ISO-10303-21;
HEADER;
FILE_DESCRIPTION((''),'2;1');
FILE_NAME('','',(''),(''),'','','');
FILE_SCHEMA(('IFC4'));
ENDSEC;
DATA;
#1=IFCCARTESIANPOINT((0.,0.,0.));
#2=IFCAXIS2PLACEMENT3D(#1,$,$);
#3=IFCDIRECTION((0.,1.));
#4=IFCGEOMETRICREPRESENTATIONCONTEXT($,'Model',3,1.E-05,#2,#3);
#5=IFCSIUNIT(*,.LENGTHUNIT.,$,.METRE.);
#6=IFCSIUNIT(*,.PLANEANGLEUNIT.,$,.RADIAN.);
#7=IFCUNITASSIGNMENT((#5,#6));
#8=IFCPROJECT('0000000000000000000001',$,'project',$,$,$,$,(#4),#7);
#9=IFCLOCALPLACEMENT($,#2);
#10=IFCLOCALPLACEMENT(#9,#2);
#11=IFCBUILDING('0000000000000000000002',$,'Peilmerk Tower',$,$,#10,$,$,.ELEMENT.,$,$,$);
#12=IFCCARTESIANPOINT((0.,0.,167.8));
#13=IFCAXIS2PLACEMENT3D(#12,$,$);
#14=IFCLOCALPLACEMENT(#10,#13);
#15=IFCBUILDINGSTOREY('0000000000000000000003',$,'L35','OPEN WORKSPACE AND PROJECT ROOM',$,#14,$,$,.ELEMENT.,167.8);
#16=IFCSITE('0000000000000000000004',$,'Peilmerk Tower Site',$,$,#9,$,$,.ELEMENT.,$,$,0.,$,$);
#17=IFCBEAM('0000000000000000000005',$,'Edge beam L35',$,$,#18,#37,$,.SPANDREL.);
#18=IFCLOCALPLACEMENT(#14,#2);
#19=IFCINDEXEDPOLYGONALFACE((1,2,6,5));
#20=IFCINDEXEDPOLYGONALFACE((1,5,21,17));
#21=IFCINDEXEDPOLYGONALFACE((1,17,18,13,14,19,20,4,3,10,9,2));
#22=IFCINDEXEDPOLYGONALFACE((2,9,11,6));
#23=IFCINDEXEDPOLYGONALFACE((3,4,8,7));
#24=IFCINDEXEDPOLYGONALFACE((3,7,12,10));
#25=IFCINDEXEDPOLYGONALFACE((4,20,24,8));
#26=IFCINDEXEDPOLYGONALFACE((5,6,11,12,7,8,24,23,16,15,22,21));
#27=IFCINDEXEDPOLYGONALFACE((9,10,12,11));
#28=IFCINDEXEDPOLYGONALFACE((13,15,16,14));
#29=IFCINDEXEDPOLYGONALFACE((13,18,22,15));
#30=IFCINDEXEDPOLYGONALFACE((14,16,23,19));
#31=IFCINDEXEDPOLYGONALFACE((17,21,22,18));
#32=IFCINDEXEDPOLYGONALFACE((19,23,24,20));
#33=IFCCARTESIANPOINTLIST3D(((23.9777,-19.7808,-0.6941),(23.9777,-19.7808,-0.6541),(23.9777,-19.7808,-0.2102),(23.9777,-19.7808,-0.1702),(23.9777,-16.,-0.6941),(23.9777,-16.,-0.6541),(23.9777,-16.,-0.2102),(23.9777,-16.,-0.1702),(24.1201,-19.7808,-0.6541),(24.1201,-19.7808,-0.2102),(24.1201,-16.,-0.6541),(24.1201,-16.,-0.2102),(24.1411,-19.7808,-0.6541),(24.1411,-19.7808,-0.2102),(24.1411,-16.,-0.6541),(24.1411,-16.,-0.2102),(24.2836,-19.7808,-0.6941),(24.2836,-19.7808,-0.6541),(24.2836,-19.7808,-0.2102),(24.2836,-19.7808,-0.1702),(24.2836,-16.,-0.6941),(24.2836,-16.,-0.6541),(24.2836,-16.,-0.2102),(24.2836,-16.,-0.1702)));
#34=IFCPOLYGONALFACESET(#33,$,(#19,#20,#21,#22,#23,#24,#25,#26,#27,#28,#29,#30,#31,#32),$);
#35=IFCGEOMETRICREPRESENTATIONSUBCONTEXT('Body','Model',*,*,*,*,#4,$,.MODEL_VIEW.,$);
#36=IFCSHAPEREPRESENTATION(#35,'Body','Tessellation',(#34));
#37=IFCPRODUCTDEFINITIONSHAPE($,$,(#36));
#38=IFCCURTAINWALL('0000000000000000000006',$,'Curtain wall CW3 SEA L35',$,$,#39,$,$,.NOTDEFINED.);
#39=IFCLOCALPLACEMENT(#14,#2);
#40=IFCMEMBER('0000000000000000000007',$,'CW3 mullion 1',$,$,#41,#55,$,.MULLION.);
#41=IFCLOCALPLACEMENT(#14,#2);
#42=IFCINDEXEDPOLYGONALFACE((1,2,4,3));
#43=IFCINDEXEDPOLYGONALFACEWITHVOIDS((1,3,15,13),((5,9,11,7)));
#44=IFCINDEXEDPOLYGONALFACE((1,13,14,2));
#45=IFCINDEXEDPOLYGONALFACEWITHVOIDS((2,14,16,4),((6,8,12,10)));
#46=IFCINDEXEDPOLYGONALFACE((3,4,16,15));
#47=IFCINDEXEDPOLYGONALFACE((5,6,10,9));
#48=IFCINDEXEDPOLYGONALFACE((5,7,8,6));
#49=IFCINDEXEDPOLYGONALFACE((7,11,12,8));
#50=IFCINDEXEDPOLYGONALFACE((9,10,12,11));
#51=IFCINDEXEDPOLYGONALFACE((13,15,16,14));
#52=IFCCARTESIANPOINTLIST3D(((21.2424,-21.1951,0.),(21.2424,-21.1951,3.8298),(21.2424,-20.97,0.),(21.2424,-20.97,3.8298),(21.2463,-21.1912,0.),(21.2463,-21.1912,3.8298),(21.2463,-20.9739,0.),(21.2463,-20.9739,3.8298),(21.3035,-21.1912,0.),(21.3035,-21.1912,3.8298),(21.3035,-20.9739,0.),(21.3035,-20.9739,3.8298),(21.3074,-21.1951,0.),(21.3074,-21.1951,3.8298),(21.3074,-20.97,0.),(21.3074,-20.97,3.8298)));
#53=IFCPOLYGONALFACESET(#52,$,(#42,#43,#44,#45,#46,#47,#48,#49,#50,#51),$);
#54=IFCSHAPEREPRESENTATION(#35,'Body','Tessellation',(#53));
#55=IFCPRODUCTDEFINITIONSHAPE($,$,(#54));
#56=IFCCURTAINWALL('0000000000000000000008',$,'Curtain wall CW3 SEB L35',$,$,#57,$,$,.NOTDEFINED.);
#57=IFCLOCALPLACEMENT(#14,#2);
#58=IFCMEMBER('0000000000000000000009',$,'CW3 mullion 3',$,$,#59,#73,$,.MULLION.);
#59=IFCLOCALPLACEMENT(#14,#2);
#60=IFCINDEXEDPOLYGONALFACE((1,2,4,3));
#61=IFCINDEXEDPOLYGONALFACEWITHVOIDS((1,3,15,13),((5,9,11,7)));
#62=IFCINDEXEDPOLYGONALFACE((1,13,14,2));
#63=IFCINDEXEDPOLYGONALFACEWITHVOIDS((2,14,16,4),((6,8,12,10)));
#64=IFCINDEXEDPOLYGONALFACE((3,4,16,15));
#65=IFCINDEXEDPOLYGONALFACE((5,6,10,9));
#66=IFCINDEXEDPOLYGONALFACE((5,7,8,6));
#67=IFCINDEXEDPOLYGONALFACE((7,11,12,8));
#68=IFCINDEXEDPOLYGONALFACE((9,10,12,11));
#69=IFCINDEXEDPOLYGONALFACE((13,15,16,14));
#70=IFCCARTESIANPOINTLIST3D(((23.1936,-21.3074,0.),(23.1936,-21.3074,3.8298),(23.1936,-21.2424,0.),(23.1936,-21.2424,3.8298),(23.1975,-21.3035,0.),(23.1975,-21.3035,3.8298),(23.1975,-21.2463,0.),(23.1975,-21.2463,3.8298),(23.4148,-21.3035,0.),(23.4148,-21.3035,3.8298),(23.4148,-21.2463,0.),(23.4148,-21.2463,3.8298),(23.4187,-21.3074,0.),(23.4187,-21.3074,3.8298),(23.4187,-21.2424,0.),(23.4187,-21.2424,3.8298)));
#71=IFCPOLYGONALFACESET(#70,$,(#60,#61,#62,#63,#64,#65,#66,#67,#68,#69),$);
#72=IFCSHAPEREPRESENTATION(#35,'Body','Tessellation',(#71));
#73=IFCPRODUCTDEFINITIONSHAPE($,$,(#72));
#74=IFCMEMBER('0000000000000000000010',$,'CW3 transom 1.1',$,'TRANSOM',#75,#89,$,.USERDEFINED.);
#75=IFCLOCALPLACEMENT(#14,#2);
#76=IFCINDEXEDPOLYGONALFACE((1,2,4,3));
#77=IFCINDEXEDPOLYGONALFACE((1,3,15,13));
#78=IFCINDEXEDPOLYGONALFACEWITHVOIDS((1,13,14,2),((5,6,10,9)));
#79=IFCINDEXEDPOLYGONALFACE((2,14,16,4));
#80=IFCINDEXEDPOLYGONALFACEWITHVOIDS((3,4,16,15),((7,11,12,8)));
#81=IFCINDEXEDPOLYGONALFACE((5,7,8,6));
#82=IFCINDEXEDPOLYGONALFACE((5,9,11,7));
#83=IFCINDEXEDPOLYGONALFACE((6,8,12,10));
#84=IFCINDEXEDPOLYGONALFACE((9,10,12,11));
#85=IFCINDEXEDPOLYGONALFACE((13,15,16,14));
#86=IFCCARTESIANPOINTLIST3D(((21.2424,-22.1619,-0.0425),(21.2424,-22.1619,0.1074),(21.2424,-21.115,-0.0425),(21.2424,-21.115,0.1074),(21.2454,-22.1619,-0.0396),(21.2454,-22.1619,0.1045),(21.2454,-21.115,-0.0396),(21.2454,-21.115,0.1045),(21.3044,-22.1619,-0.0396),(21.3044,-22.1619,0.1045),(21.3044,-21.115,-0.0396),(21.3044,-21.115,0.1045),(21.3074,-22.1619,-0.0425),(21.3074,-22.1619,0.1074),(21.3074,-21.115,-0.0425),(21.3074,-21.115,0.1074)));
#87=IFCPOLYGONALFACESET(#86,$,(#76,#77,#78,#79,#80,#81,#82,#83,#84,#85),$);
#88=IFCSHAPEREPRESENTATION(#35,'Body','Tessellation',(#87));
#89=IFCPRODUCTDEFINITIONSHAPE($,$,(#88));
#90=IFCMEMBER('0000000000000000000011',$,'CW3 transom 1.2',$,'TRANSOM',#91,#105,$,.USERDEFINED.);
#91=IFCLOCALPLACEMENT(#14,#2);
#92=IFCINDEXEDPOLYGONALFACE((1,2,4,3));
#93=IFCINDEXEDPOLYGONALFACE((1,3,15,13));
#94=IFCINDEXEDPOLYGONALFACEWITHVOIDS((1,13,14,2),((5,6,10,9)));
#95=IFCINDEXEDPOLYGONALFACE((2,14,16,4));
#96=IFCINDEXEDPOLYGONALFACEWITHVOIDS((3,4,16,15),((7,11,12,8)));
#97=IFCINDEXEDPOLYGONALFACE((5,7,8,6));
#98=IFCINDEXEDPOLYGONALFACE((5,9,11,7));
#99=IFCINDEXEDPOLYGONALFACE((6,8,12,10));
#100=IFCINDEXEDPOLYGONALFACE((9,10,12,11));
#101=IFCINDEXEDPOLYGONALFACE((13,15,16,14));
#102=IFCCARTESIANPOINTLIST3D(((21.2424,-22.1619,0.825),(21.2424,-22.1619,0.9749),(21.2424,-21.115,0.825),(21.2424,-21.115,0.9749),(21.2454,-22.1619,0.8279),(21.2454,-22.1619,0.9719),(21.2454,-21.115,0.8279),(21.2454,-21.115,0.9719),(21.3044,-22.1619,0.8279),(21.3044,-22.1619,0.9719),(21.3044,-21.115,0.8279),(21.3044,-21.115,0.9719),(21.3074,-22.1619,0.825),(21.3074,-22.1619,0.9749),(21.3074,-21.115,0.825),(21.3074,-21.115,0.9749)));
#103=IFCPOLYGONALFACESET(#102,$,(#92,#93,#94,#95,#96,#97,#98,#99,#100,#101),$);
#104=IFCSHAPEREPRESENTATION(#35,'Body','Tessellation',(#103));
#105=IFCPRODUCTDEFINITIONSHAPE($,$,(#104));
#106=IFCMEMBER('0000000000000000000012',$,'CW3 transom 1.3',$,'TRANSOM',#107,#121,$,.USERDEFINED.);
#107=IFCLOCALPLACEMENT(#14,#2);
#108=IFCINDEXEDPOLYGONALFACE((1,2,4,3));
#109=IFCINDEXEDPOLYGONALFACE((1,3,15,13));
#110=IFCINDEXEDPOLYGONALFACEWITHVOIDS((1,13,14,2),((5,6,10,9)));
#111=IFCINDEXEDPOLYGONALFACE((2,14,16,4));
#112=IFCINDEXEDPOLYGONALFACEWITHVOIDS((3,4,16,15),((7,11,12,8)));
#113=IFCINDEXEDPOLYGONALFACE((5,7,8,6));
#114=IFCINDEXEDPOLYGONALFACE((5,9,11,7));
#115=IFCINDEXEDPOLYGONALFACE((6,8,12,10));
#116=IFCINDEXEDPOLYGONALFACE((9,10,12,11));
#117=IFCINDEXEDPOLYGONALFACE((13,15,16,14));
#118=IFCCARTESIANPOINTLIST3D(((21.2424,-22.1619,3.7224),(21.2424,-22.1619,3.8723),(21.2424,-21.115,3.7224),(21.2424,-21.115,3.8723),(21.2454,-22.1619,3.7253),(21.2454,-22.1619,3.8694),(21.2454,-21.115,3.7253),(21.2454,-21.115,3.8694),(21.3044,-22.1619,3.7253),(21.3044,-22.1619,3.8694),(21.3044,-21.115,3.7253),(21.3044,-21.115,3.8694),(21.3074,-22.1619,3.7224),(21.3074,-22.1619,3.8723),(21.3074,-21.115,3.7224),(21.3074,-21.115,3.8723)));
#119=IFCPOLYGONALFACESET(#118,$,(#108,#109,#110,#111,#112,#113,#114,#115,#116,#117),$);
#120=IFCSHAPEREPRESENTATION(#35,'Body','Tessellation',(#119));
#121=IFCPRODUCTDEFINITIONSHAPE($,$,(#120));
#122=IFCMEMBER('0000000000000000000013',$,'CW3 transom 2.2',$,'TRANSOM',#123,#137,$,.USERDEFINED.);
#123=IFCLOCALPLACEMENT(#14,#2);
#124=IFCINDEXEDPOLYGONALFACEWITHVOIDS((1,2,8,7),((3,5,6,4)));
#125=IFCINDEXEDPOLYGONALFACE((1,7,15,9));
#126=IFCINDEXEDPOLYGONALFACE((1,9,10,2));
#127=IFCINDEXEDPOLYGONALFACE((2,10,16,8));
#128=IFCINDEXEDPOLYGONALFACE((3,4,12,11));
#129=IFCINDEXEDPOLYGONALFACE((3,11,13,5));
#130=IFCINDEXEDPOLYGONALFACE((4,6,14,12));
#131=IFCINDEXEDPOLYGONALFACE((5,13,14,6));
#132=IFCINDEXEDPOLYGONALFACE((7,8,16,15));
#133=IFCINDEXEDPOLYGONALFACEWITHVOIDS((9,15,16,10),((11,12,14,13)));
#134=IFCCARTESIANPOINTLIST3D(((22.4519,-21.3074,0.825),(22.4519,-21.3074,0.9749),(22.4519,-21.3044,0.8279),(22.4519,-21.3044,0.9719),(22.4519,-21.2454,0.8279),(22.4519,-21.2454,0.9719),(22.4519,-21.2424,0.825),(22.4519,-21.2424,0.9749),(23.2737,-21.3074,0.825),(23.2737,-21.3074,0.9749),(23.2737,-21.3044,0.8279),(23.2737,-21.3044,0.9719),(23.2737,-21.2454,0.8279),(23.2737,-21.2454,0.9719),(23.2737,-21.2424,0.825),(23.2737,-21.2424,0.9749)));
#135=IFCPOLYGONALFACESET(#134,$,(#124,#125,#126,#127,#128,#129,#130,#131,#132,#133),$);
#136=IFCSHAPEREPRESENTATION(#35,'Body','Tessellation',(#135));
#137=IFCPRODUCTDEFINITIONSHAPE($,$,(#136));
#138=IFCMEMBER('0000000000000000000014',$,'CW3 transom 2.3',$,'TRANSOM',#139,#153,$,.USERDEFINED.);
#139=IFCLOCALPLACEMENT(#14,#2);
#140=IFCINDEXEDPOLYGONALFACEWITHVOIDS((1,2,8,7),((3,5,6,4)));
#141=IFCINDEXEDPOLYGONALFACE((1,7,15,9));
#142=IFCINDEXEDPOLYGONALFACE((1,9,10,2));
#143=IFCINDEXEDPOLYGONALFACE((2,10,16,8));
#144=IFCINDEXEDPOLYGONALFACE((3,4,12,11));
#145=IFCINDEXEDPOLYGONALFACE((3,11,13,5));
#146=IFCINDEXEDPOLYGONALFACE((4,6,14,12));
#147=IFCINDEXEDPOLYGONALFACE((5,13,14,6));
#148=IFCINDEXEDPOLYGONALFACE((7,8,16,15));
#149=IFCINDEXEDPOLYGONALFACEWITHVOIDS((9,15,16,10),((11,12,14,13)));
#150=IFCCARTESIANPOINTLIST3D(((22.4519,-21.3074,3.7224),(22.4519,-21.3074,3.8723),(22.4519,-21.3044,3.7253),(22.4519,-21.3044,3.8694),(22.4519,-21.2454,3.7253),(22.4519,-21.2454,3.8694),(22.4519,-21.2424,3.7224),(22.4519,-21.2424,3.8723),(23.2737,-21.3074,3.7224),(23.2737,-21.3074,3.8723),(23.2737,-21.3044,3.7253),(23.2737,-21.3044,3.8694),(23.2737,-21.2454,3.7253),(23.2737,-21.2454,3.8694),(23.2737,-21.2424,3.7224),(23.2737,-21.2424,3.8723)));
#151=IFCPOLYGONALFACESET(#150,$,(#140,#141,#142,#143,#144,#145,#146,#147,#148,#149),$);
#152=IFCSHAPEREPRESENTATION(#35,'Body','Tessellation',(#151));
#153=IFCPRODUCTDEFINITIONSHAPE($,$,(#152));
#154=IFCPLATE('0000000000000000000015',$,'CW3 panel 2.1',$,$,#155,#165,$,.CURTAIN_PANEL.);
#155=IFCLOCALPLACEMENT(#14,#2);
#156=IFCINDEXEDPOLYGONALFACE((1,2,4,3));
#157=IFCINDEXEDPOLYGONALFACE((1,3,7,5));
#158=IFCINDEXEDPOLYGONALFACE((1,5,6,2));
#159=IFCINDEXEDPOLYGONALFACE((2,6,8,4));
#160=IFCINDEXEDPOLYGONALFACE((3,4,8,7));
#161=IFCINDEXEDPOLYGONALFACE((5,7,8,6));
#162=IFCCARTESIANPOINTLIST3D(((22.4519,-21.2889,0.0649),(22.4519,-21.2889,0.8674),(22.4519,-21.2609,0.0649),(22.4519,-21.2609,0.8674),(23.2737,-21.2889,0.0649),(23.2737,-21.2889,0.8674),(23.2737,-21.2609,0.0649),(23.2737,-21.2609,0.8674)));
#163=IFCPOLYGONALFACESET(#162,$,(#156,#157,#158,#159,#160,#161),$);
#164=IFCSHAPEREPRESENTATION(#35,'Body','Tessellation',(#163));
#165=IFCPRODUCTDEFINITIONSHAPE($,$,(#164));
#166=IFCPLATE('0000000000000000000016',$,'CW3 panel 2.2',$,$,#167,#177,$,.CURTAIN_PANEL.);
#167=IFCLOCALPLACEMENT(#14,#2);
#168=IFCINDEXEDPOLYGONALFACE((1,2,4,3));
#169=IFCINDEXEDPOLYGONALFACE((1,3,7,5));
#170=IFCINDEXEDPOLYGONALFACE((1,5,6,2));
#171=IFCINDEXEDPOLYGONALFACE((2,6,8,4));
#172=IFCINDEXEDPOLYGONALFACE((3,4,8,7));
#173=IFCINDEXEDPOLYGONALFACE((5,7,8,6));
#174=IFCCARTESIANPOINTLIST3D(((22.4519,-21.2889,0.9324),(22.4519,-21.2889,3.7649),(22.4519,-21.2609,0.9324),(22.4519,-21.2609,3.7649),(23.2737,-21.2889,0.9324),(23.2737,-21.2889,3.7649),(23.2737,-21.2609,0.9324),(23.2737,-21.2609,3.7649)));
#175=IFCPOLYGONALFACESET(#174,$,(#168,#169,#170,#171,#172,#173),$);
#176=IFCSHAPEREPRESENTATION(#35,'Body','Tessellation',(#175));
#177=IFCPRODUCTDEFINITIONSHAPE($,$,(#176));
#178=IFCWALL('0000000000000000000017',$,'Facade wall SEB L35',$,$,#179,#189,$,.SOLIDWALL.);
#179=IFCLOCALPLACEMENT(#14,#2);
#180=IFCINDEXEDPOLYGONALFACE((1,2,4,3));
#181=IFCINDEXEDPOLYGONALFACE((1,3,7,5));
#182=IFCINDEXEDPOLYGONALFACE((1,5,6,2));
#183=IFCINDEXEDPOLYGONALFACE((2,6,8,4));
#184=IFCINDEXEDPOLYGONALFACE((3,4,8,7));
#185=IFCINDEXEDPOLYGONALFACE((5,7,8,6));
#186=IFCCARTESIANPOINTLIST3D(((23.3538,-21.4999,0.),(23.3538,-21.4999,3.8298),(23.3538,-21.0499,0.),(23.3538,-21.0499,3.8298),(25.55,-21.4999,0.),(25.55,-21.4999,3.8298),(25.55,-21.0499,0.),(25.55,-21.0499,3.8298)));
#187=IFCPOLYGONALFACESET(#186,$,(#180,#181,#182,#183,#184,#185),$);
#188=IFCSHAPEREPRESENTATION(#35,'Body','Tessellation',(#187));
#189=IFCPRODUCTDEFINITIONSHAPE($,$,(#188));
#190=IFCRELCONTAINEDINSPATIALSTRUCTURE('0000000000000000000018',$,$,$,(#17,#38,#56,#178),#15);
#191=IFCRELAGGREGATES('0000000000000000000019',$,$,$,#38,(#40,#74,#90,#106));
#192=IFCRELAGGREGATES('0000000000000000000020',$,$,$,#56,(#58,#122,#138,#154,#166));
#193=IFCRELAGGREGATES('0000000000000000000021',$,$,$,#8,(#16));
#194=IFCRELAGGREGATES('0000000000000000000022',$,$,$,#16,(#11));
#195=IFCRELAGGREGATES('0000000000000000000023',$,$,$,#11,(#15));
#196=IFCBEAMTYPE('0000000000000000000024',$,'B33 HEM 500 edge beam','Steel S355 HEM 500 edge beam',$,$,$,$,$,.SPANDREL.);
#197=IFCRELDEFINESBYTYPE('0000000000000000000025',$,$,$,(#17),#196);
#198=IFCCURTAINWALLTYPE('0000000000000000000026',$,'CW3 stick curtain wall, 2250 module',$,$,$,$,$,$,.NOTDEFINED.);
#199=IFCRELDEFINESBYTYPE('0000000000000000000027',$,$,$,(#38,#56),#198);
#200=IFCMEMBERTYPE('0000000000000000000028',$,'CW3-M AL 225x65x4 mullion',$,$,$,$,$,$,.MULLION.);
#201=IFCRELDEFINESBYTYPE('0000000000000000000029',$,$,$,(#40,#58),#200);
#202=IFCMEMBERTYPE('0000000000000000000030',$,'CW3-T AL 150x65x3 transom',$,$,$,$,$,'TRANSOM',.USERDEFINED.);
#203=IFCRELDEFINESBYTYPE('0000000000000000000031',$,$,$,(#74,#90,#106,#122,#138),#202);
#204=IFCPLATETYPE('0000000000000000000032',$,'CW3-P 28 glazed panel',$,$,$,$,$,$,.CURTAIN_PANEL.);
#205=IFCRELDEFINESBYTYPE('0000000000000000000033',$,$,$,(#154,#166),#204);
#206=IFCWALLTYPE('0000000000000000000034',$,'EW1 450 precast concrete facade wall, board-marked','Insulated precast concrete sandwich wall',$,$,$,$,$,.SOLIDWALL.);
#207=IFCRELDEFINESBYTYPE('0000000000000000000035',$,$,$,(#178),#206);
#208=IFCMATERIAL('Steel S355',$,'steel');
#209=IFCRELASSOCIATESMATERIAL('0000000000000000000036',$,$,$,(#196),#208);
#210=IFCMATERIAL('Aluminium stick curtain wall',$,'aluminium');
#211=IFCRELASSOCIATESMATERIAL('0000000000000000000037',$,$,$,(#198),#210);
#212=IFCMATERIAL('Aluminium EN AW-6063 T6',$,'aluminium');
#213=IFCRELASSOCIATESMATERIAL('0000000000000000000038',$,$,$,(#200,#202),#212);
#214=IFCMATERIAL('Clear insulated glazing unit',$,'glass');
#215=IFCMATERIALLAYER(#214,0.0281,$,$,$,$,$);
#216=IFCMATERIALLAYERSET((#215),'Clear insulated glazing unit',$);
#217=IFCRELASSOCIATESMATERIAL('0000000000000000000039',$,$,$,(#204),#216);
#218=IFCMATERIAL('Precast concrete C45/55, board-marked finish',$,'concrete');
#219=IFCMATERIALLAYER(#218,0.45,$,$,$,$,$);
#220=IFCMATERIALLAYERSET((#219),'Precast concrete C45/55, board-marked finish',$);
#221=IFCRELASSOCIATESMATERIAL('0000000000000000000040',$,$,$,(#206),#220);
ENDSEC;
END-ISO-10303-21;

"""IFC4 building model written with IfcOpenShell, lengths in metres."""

from ifc_helpers import new_model, si_unit, direction, frame, frame_2d, origin, origin_2d, place, context, subcontext, project, spatial, rectangle, hollow_rectangle, i_section, extrude, material, layer, layer_set, material_profile, profile_set, type_object, element, aggregate, save


model = new_model("IFC4")

# Units and contexts
model_context = context("Model", 3, precision=1e-05, world=origin(), true_north=direction((0.0, 1.0)))
body_context = subcontext(model_context, "Body", "Model", "MODEL_VIEW")
ifc_project = project(units=[si_unit("LENGTHUNIT", "METRE"), si_unit("PLANEANGLEUNIT", "RADIAN")], contexts=[model_context])

# Site, building, storey
site_placement = place(None, origin())
site = spatial("IfcSite", under=ifc_project, at=site_placement, Name="Peilmerk Tower Site", CompositionType="ELEMENT", RefElevation=0.0)
building_placement = place(site_placement, origin())
building = spatial("IfcBuilding", under=site, at=building_placement, Name="Peilmerk Tower", CompositionType="ELEMENT")
storey_placement = place(building_placement, frame((0.0, 0.0, 167.8)))
storey = spatial("IfcBuildingStorey", under=building, at=storey_placement, Name="L35", Description="OPEN WORKSPACE AND PROJECT ROOM", CompositionType="ELEMENT", Elevation=167.8)

# Beam
ifc_material_1 = material(Name="Steel S355", Category="steel")
ifc_material_profile_1 = material_profile(ifc_material_1, i_section(OverallWidth=0.3059, OverallDepth=0.5239, WebThickness=0.021, FlangeThickness=0.04, at=origin_2d()), Name="HEM 500")
ifc_profile_set_1 = profile_set([ifc_material_profile_1], Name="Steel S355")
beam_type_1 = type_object("IfcBeamType", Name="B33 HEM 500 edge beam", Description="Steel S355 HEM 500 edge beam", PredefinedType="SPANDREL", material=ifc_profile_set_1)
beam_1_placement = place(storey_placement, frame((24.1306, -19.7808, -0.4321), z_axis=(0.0, 1.0, 0.0), x_axis=(-1.0, 0.0, 0.0)))
element("IfcBeam", 1, at=beam_1_placement, inside=storey, type_object=beam_type_1, Name="Edge beam L35", PredefinedType="SPANDREL", context=body_context, shape_type="SweptSolid", body=[
    extrude(i_section(OverallWidth=0.3059, OverallDepth=0.5239, WebThickness=0.021, FlangeThickness=0.04, at=origin_2d()), origin(), (0.0, 0.0, 1.0), 3.7808),
])

# Curtain walls, members
ifc_material_2 = material(Name="Aluminium stick curtain wall", Category="aluminium")
curtain_wall_type = type_object("IfcCurtainWallType", Name="CW3 stick curtain wall, 2250 module", PredefinedType="NOTDEFINED", material=ifc_material_2)
curtain_wall_1_placement = place(storey_placement, origin())
curtain_wall_1 = element("IfcCurtainWall", 2, at=curtain_wall_1_placement, inside=storey, type_object=curtain_wall_type, Name="Curtain wall CW3 SEA L35", PredefinedType="NOTDEFINED")
ifc_material_3 = material(Name="Aluminium EN AW-6063 T6", Category="aluminium")
ifc_material_profile_2 = material_profile(ifc_material_3, hollow_rectangle(XDim=0.0649, YDim=0.2251, WallThickness=0.0039, at=origin_2d()), Name="AL 225x65x4")
ifc_profile_set_2 = profile_set([ifc_material_profile_2], Name="Aluminium EN AW-6063 T6")
member_type_1 = type_object("IfcMemberType", Name="CW3-M AL 225x65x4 mullion", PredefinedType="MULLION", material=ifc_profile_set_2)
member_1_placement = place(storey_placement, frame((21.2749, -21.0825, 0.0), z_axis=(0.0, 0.0, 1.0), x_axis=(1.0, 0.0, 0.0)))
member_1 = element("IfcMember", 3, at=member_1_placement, type_object=member_type_1, Name="CW3 mullion 1", PredefinedType="MULLION", context=body_context, shape_type="SweptSolid", body=[
    extrude(hollow_rectangle(XDim=0.0649, YDim=0.2251, WallThickness=0.0039, at=origin_2d()), origin(), (0.0, 0.0, 1.0), 3.8298),
])
curtain_wall_2_placement = place(storey_placement, origin())
curtain_wall_2 = element("IfcCurtainWall", 4, at=curtain_wall_2_placement, inside=storey, type_object=curtain_wall_type, Name="Curtain wall CW3 SEB L35", PredefinedType="NOTDEFINED")
member_2_placement = place(storey_placement, frame((23.3062, -21.2749, 0.0), z_axis=(0.0, 0.0, 1.0), x_axis=(0.0, 1.0, 0.0)))
member_2 = element("IfcMember", 5, at=member_2_placement, type_object=member_type_1, Name="CW3 mullion 3", PredefinedType="MULLION", context=body_context, shape_type="SweptSolid", body=[
    extrude(hollow_rectangle(XDim=0.0649, YDim=0.2251, WallThickness=0.0039, at=origin_2d()), origin(), (0.0, 0.0, 1.0), 3.8298),
])

# Members
ifc_material_profile_3 = material_profile(ifc_material_3, hollow_rectangle(XDim=0.0649, YDim=0.1499, WallThickness=0.0029, at=origin_2d()), Name="AL 150x65x3")
ifc_profile_set_3 = profile_set([ifc_material_profile_3], Name="Aluminium EN AW-6063 T6")
member_type_2 = type_object("IfcMemberType", Name="CW3-T AL 150x65x3 transom", ElementType="TRANSOM", PredefinedType="USERDEFINED", material=ifc_profile_set_3)
member_3_placement = place(storey_placement, frame((21.2749, -21.115, 0.0325), z_axis=(0.0, -1.0, 0.0), x_axis=(1.0, 0.0, 0.0)))
member_3 = element("IfcMember", 6, at=member_3_placement, type_object=member_type_2, Name="CW3 transom 1.1", ObjectType="TRANSOM", PredefinedType="USERDEFINED", context=body_context, shape_type="SweptSolid", body=[
    extrude(hollow_rectangle(XDim=0.0649, YDim=0.1499, WallThickness=0.0029, at=origin_2d()), origin(), (0.0, 0.0, 1.0), 1.0469),
])
member_4_placement = place(storey_placement, frame((21.2749, -21.115, 0.8999), z_axis=(0.0, -1.0, 0.0), x_axis=(1.0, 0.0, 0.0)))
member_4 = element("IfcMember", 7, at=member_4_placement, type_object=member_type_2, Name="CW3 transom 1.2", ObjectType="TRANSOM", PredefinedType="USERDEFINED", context=body_context, shape_type="SweptSolid", body=[
    extrude(hollow_rectangle(XDim=0.0649, YDim=0.1499, WallThickness=0.0029, at=origin_2d()), origin(), (0.0, 0.0, 1.0), 1.0469),
])
member_5_placement = place(storey_placement, frame((21.2749, -21.115, 3.7974), z_axis=(0.0, -1.0, 0.0), x_axis=(1.0, 0.0, 0.0)))
member_5 = element("IfcMember", 8, at=member_5_placement, type_object=member_type_2, Name="CW3 transom 1.3", ObjectType="TRANSOM", PredefinedType="USERDEFINED", context=body_context, shape_type="SweptSolid", body=[
    extrude(hollow_rectangle(XDim=0.0649, YDim=0.1499, WallThickness=0.0029, at=origin_2d()), origin(), (0.0, 0.0, 1.0), 1.0469),
])
aggregate(curtain_wall_1, [member_1, member_3, member_4, member_5])
member_6_placement = place(storey_placement, frame((22.4519, -21.2749, 0.8999), z_axis=(1.0, 0.0, 0.0), x_axis=(0.0, 1.0, 0.0)))
member_6 = element("IfcMember", 9, at=member_6_placement, type_object=member_type_2, Name="CW3 transom 2.2", ObjectType="TRANSOM", PredefinedType="USERDEFINED", context=body_context, shape_type="SweptSolid", body=[
    extrude(hollow_rectangle(XDim=0.0649, YDim=0.1499, WallThickness=0.0029, at=origin_2d()), origin(), (0.0, 0.0, 1.0), 0.8218),
])
member_7_placement = place(storey_placement, frame((22.4519, -21.2749, 3.7974), z_axis=(1.0, 0.0, 0.0), x_axis=(0.0, 1.0, 0.0)))
member_7 = element("IfcMember", 10, at=member_7_placement, type_object=member_type_2, Name="CW3 transom 2.3", ObjectType="TRANSOM", PredefinedType="USERDEFINED", context=body_context, shape_type="SweptSolid", body=[
    extrude(hollow_rectangle(XDim=0.0649, YDim=0.1499, WallThickness=0.0029, at=origin_2d()), origin(), (0.0, 0.0, 1.0), 0.8218),
])

# Plates
ifc_material_4 = material(Name="Clear insulated glazing unit", Category="glass")
ifc_layer_1 = layer(ifc_material_4, 0.0281)
ifc_layer_set_1 = layer_set([ifc_layer_1], Name="Clear insulated glazing unit")
plate_type = type_object("IfcPlateType", Name="CW3-P 28 glazed panel", PredefinedType="CURTAIN_PANEL", material=ifc_layer_set_1)
plate_1_placement = place(storey_placement, frame((22.8628, -21.2749, 0.0649), z_axis=(0.0, 0.0, 1.0), x_axis=(1.0, 0.0, 0.0)))
plate_1 = element("IfcPlate", 11, at=plate_1_placement, type_object=plate_type, Name="CW3 panel 2.1", PredefinedType="CURTAIN_PANEL", context=body_context, shape_type="SweptSolid", body=[
    extrude(rectangle(XDim=0.8218, YDim=0.0281, at=origin_2d()), origin(), (0.0, 0.0, 1.0), 0.8025),
])
plate_2_placement = place(storey_placement, frame((22.8628, -21.2749, 0.9324), z_axis=(0.0, 0.0, 1.0), x_axis=(1.0, 0.0, 0.0)))
plate_2 = element("IfcPlate", 12, at=plate_2_placement, type_object=plate_type, Name="CW3 panel 2.2", PredefinedType="CURTAIN_PANEL", context=body_context, shape_type="SweptSolid", body=[
    extrude(rectangle(XDim=0.8218, YDim=0.0281, at=origin_2d()), origin(), (0.0, 0.0, 1.0), 2.8325),
])
aggregate(curtain_wall_2, [member_2, member_6, member_7, plate_1, plate_2])

# Wall
ifc_material_5 = material(Name="Precast concrete C45/55, board-marked finish", Category="concrete")
ifc_layer_2 = layer(ifc_material_5, 0.45)
ifc_layer_set_2 = layer_set([ifc_layer_2], Name="Precast concrete C45/55, board-marked finish")
wall_type_1 = type_object("IfcWallType", Name="EW1 450 precast concrete facade wall, board-marked", Description="Insulated precast concrete sandwich wall", PredefinedType="SOLIDWALL", material=ifc_layer_set_2)
wall_1_placement = place(storey_placement, frame((23.3538, -21.2749, 0.0), z_axis=(0.0, 0.0, 1.0), x_axis=(1.0, 0.0, 0.0)))
element("IfcWall", 13, at=wall_1_placement, inside=storey, type_object=wall_type_1, Name="Facade wall SEB L35", PredefinedType="SOLIDWALL", context=body_context, shape_type="SweptSolid", body=[
    extrude(rectangle(XDim=2.1963, YDim=0.45, at=frame_2d((1.0981, 0.0))), origin(), (0.0, 0.0, 1.0), 3.8298),
])

save(model, "model.ifc")
